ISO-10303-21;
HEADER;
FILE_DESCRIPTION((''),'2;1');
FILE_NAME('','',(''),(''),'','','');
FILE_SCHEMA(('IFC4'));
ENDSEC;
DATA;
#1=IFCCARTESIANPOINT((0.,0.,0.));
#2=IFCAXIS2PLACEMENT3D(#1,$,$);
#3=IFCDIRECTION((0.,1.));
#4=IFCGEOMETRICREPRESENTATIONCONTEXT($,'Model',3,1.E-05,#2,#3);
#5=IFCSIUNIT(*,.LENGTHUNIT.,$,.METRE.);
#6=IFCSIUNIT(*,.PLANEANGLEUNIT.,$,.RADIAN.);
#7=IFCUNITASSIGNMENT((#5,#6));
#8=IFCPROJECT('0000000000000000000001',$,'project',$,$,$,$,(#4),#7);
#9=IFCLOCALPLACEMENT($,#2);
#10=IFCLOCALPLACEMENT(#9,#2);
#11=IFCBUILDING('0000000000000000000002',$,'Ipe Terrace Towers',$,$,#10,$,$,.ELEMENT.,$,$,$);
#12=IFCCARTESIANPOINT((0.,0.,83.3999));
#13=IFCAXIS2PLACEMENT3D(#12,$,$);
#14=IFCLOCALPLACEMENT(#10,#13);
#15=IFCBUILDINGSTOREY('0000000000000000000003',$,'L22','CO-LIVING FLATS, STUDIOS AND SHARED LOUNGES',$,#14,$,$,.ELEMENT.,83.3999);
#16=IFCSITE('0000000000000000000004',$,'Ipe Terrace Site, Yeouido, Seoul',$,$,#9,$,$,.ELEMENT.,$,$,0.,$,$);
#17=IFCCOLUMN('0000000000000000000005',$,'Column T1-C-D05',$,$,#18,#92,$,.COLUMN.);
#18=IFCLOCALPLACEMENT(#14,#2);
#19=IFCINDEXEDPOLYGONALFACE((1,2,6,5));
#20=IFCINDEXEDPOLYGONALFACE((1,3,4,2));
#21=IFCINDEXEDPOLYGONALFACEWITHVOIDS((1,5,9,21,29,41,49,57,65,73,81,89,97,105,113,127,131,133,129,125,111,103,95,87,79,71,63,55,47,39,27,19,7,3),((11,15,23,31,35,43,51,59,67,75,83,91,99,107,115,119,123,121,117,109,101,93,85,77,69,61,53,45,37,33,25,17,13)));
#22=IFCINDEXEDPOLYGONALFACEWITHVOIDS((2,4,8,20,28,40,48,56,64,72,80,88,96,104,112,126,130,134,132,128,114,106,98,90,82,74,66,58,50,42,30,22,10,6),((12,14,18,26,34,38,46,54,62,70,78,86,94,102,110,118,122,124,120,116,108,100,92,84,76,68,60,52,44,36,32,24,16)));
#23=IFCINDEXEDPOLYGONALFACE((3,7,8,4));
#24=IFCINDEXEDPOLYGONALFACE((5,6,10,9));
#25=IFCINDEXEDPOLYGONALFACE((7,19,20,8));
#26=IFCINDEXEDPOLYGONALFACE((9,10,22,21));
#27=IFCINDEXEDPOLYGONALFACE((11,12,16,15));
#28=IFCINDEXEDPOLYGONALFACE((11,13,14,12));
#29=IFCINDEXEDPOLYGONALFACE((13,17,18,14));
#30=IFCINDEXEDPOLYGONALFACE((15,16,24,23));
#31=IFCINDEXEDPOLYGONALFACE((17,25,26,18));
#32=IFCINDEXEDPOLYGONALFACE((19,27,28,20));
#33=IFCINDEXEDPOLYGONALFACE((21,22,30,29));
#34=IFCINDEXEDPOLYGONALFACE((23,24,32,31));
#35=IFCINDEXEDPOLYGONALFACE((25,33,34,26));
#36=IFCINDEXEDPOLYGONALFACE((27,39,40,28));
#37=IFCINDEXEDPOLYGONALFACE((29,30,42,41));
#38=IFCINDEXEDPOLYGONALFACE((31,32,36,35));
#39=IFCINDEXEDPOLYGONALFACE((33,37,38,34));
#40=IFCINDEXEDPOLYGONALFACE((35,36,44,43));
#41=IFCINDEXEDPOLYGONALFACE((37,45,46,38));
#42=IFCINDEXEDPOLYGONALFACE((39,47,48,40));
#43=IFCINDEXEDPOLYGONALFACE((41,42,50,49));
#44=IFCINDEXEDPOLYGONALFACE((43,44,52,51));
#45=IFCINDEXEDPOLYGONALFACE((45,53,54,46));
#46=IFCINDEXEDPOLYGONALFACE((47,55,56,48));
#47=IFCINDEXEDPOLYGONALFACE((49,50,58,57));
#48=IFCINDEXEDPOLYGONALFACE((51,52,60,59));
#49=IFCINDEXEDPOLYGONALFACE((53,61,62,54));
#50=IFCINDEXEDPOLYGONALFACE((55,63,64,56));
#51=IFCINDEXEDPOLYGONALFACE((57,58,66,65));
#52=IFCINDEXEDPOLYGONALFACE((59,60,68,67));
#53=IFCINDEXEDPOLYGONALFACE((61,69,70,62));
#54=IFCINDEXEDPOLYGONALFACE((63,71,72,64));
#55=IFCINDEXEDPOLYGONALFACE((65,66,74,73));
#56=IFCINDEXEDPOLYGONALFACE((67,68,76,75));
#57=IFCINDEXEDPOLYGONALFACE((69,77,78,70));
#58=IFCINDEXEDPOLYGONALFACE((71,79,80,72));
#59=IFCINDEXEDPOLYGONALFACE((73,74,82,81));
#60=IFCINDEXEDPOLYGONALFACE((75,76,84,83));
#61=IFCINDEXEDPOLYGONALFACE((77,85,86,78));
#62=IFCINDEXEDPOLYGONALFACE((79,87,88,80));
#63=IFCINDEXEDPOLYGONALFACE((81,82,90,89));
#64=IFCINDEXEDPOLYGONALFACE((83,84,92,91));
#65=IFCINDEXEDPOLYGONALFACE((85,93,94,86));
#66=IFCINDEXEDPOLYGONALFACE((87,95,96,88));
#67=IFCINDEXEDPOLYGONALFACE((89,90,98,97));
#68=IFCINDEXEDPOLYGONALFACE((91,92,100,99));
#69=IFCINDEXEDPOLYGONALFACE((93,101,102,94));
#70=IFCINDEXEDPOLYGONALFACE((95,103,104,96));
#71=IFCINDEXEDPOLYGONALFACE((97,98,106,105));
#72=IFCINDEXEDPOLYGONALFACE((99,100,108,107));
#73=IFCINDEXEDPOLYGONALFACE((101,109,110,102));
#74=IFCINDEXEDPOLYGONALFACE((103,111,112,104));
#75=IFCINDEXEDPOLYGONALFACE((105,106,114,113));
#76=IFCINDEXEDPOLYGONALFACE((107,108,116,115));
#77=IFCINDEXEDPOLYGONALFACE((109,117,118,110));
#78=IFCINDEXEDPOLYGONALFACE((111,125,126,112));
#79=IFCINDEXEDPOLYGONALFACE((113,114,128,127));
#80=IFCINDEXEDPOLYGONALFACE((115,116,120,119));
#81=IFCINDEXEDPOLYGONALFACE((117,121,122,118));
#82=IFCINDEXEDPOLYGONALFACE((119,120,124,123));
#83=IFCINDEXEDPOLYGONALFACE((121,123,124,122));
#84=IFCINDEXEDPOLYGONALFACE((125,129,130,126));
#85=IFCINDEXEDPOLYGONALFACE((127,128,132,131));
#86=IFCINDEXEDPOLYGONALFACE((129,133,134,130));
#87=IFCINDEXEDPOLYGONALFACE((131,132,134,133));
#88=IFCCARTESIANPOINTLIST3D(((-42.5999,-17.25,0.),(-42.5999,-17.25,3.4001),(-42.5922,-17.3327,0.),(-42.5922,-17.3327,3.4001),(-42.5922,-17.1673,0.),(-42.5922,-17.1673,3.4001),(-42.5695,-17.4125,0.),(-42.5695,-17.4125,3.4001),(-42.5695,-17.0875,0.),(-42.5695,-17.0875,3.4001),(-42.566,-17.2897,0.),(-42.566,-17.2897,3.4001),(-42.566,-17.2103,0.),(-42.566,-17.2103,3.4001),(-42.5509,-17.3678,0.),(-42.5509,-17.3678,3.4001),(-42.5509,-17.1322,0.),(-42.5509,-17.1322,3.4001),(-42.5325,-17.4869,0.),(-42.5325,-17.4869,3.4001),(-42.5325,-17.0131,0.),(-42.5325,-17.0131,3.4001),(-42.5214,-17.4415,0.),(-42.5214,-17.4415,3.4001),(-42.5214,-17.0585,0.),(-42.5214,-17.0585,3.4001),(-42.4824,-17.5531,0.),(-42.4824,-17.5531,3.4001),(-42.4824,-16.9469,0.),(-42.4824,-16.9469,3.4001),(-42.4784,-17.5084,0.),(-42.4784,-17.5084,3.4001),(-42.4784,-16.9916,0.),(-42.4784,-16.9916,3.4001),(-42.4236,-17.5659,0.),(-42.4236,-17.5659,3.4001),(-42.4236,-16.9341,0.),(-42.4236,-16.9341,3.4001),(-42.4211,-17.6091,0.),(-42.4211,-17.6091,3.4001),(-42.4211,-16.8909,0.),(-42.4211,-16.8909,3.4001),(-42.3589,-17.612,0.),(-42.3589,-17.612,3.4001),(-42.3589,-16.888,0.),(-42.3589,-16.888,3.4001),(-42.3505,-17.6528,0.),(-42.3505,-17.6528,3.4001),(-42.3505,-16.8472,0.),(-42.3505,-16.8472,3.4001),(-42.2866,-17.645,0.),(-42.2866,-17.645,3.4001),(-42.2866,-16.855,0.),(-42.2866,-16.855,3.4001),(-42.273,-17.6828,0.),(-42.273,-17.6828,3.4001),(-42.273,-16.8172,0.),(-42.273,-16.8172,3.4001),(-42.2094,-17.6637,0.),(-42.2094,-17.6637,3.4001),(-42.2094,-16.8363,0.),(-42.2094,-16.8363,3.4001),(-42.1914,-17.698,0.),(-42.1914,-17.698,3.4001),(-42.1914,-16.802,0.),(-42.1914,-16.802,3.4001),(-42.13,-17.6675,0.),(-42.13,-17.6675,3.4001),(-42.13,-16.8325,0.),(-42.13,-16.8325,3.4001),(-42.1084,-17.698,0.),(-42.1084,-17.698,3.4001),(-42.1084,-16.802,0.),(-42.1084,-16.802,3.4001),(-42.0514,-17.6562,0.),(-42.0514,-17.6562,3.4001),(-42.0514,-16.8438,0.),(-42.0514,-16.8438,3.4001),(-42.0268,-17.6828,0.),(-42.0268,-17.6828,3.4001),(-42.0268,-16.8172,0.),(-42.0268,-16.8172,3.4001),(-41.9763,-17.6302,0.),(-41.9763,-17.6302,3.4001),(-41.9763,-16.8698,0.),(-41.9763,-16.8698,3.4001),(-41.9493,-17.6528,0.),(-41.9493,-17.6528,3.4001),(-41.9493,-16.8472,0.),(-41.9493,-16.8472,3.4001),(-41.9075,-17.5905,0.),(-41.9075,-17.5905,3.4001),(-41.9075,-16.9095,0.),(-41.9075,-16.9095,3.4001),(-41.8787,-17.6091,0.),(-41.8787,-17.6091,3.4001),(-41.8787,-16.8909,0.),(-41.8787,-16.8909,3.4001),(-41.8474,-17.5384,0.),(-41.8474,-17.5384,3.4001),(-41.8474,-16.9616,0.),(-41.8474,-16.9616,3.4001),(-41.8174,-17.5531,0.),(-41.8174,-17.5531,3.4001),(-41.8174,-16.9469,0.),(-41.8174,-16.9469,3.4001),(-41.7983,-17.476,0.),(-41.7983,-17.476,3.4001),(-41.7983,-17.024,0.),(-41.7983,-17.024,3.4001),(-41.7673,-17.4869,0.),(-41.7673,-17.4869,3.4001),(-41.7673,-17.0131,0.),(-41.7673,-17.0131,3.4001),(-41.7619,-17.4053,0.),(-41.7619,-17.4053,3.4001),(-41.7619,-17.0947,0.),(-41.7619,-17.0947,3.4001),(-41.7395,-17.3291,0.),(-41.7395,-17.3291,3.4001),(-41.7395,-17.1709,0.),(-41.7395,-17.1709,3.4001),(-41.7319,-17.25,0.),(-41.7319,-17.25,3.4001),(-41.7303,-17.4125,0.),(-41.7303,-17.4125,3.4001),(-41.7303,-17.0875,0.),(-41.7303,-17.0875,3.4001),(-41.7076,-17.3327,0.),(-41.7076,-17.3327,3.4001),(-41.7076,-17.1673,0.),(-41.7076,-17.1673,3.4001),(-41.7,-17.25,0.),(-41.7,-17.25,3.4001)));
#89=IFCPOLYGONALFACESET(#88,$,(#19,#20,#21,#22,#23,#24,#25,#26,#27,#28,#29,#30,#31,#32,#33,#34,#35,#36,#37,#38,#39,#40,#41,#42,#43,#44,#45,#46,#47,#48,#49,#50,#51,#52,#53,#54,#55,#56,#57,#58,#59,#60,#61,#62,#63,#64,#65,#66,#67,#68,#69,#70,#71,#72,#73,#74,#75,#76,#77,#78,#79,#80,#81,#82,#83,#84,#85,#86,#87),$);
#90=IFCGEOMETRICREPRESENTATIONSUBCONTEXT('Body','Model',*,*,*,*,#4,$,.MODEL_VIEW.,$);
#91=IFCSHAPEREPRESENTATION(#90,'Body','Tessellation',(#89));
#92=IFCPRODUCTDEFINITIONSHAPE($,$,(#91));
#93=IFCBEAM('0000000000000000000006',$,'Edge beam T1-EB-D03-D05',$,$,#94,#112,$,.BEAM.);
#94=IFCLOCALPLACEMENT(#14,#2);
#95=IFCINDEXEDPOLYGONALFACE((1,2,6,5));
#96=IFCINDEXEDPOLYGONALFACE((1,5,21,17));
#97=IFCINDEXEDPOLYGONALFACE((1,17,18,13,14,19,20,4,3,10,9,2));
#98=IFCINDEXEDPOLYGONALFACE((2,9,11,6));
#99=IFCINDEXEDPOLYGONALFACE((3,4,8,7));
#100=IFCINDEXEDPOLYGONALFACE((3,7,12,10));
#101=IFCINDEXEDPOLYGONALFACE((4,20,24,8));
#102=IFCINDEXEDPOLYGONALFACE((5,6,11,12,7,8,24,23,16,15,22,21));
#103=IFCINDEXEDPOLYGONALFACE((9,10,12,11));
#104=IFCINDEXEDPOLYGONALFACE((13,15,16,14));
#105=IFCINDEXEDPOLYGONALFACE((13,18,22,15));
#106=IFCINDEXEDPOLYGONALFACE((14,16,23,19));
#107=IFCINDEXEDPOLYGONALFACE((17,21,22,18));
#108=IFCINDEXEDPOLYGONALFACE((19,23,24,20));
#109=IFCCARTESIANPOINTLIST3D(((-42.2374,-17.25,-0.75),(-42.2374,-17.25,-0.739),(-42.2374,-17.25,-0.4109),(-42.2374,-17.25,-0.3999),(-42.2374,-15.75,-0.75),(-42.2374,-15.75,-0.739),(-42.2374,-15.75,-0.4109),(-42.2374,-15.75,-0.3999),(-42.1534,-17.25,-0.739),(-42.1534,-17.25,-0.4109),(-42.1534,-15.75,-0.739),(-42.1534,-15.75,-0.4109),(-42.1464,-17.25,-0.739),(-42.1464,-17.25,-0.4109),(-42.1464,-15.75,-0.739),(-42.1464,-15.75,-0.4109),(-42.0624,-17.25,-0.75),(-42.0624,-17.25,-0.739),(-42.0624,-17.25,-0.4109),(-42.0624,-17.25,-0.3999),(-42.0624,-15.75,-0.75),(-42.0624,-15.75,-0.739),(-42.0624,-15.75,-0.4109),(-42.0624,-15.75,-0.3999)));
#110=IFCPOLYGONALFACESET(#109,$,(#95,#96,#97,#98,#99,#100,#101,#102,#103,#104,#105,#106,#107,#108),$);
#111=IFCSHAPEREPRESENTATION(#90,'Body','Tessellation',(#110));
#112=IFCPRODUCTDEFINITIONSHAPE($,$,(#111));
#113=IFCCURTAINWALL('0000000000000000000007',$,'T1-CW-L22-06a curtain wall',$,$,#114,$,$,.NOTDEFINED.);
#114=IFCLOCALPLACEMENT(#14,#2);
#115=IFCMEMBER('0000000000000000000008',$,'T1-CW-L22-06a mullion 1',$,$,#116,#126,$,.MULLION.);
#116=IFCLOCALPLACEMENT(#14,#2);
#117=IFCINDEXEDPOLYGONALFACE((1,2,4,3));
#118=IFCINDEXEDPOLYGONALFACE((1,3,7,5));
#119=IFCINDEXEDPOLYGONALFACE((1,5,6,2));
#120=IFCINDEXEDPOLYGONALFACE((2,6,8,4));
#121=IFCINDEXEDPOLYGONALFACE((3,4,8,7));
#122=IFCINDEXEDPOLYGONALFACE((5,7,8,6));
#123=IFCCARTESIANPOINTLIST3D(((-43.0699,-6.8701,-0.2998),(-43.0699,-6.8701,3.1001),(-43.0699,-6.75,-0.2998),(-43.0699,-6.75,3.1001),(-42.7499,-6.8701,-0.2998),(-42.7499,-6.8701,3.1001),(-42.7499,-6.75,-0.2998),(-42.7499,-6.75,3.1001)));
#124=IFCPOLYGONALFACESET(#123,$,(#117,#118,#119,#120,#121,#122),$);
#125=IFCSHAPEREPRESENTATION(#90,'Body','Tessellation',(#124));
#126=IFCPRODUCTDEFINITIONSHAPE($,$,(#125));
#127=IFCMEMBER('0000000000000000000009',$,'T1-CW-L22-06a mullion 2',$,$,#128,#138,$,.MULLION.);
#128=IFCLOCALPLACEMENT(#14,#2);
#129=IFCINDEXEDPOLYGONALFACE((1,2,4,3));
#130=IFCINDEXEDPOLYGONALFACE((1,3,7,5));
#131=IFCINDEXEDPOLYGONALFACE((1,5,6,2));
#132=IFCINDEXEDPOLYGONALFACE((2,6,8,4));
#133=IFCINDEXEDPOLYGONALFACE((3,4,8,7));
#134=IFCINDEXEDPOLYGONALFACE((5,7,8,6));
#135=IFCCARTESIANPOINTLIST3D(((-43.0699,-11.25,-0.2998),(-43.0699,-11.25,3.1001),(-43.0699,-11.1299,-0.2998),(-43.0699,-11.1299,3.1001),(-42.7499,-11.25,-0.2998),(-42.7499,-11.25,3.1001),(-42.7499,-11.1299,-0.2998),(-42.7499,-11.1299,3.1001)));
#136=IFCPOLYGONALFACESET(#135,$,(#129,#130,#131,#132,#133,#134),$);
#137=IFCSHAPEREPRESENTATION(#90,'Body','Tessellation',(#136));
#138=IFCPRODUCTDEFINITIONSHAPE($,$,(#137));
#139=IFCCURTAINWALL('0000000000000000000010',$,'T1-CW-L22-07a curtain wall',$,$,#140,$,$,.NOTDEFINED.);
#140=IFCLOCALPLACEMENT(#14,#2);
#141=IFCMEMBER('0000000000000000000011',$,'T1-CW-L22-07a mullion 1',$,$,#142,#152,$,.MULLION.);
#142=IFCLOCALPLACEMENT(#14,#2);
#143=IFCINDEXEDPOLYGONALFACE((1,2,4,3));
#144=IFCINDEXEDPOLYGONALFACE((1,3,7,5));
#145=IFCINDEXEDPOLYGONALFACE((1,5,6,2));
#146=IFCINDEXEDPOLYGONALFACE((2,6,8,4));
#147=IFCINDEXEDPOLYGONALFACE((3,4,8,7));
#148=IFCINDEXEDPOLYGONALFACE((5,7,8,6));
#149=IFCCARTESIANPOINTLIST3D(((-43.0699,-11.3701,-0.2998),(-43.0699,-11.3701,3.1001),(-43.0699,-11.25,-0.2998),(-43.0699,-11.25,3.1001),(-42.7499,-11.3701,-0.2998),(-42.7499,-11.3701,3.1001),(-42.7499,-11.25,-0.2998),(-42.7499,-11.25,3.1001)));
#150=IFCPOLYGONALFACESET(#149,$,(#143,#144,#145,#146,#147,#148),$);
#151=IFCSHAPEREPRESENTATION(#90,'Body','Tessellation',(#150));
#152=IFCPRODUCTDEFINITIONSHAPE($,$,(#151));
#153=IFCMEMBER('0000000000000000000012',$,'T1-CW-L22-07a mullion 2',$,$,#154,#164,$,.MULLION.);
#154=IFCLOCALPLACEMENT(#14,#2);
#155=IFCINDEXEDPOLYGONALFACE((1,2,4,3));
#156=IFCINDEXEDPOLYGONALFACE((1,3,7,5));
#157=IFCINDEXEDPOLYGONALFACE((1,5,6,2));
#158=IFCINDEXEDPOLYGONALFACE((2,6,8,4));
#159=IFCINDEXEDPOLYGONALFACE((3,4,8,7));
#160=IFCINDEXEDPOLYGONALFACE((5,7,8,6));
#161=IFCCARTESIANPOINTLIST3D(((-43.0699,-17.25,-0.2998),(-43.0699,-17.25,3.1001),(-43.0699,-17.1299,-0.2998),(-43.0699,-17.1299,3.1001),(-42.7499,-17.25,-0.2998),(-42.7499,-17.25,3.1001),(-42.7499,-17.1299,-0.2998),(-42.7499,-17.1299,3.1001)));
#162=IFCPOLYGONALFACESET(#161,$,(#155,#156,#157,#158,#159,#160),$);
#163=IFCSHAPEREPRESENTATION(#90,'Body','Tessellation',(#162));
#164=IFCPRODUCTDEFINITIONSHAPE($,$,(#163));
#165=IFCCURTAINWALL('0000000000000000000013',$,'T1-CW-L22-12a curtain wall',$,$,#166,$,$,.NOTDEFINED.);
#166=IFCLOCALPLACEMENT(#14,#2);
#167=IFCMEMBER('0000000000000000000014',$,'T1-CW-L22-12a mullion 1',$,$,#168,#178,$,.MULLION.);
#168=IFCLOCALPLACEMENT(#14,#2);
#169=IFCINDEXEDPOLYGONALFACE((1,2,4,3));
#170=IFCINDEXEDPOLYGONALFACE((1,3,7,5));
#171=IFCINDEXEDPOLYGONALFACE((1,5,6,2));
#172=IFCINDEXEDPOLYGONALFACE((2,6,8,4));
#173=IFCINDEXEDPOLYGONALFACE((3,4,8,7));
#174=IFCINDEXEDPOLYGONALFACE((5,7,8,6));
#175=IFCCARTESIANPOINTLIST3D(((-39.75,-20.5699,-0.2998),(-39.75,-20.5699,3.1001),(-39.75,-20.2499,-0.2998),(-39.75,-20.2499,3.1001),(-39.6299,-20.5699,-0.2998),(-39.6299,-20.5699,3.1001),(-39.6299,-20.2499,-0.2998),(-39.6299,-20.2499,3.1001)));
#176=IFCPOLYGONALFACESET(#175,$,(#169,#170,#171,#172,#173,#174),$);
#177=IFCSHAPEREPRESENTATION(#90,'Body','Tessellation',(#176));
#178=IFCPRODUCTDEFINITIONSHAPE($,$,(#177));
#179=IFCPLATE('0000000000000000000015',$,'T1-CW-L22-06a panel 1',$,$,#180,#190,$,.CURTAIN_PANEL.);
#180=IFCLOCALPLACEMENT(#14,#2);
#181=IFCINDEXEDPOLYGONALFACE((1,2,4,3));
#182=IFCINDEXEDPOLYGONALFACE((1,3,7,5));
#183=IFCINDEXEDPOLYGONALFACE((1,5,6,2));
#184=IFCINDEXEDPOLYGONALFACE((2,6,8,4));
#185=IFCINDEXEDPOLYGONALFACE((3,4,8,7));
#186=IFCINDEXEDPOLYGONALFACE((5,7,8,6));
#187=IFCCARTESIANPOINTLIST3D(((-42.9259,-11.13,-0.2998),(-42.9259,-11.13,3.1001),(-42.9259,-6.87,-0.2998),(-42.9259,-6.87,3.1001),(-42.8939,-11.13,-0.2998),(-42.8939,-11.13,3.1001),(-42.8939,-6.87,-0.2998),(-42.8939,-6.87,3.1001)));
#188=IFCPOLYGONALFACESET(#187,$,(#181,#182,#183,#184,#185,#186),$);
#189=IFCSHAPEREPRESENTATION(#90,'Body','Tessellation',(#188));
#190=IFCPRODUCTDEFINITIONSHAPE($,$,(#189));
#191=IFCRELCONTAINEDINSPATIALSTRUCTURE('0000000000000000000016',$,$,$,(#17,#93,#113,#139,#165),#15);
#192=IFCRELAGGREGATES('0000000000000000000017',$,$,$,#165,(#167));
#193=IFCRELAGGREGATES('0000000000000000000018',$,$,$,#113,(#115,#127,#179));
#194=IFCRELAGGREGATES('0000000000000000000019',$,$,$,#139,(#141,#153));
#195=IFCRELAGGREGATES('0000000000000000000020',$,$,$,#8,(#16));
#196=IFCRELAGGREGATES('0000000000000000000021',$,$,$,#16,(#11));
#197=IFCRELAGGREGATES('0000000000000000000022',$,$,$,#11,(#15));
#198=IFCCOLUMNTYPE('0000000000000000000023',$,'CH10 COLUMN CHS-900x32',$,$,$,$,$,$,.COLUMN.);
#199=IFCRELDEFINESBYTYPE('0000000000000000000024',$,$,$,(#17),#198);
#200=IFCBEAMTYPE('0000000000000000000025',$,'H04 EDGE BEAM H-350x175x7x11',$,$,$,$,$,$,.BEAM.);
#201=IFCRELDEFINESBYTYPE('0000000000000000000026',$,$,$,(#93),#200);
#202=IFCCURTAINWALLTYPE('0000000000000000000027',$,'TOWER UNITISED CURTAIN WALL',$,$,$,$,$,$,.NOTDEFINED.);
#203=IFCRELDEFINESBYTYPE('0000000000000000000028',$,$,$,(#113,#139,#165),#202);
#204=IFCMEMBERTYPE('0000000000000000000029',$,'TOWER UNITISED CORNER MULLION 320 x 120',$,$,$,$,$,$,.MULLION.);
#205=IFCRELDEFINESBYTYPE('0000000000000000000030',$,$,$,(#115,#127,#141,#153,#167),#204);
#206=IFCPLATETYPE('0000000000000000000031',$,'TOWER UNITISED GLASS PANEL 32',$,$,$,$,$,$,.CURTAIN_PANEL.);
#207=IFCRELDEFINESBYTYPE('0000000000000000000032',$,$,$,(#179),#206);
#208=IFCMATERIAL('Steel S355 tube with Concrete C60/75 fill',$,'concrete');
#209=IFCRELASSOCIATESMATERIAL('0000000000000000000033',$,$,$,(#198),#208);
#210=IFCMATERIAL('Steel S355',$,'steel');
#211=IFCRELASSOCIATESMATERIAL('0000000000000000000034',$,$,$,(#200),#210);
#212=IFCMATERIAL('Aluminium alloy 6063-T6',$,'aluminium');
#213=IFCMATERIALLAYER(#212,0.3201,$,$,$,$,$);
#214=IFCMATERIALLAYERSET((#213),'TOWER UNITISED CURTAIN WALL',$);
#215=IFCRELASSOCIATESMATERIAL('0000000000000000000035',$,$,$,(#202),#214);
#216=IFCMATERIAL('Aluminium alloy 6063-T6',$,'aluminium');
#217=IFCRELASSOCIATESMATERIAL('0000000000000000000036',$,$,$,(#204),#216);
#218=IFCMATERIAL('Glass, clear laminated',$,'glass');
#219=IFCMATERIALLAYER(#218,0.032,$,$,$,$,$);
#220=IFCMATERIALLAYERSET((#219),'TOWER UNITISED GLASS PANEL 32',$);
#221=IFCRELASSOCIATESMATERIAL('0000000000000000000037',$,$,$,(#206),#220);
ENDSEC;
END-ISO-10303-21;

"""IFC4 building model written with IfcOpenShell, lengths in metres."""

from ifc_helpers import new_model, si_unit, direction, frame, origin, origin_2d, place, context, subcontext, project, spatial, rectangle, hollow_circle, i_section, extrude, material, layer, layer_set, material_profile, profile_set, type_object, element, aggregate, save


model = new_model("IFC4")

# Units and contexts
model_context = context("Model", 3, precision=1e-05, world=origin(), true_north=direction((0.0, 1.0)))
body_context = subcontext(model_context, "Body", "Model", "MODEL_VIEW")
ifc_project = project(units=[si_unit("LENGTHUNIT", "METRE"), si_unit("PLANEANGLEUNIT", "RADIAN")], contexts=[model_context])

# Site, building, storey
site_placement = place(None, origin())
site = spatial("IfcSite", under=ifc_project, at=site_placement, Name="Ipe Terrace Site, Yeouido, Seoul", CompositionType="ELEMENT", RefElevation=0.0)
building_placement = place(site_placement, origin())
building = spatial("IfcBuilding", under=site, at=building_placement, Name="Ipe Terrace Towers", CompositionType="ELEMENT")
storey_placement = place(building_placement, frame((0.0, 0.0, 83.3999)))
storey = spatial("IfcBuildingStorey", under=building, at=storey_placement, Name="L22", Description="CO-LIVING FLATS, STUDIOS AND SHARED LOUNGES", CompositionType="ELEMENT", Elevation=83.3999)

# Column
ifc_material_1 = material(Name="Steel S355 tube with Concrete C60/75 fill", Category="concrete")
ifc_material_profile_1 = material_profile(ifc_material_1, hollow_circle(Radius=0.45, WallThickness=0.032, at=origin_2d()), Name="CHS-900x32")
ifc_profile_set_1 = profile_set([ifc_material_profile_1], Name="Steel S355 tube with Concrete C60/75 fill")
column_type_1 = type_object("IfcColumnType", Name="CH10 COLUMN CHS-900x32", PredefinedType="COLUMN", material=ifc_profile_set_1)
for number, where, z_axis, x_axis, name in (
    (1, (-42.1499, -17.25, 0.0), (0.0, 0.0, 1.0), (1.0, 0.0, 0.0), "Column T1-C-D05"),
):
    element("IfcColumn", number, at=place(storey_placement, frame(where, z_axis=z_axis, x_axis=x_axis)), inside=storey, type_object=column_type_1, Name=name, PredefinedType="COLUMN", context=body_context, shape_type="SweptSolid", body=[
        extrude(hollow_circle(Radius=0.45, WallThickness=0.032, at=origin_2d()), origin(), (0.0, 0.0, 1.0), 3.4001),
    ])

# Beam
ifc_material_2 = material(Name="Steel S355", Category="steel")
ifc_material_profile_2 = material_profile(ifc_material_2, i_section(OverallWidth=0.175, OverallDepth=0.3501, WebThickness=0.0071, FlangeThickness=0.011, at=origin_2d()), Name="H-350x175x7x11")
ifc_profile_set_2 = profile_set([ifc_material_profile_2], Name="Steel S355")
beam_type = type_object("IfcBeamType", Name="H04 EDGE BEAM H-350x175x7x11", PredefinedType="BEAM", material=ifc_profile_set_2)
beam_placement = place(storey_placement, frame((-42.1499, -15.75, -0.575), z_axis=(0.0, -1.0, 0.0), x_axis=(1.0, 0.0, 0.0)))
element("IfcBeam", 2, at=beam_placement, inside=storey, type_object=beam_type, Name="Edge beam T1-EB-D03-D05", PredefinedType="BEAM", context=body_context, shape_type="SweptSolid", body=[
    extrude(i_section(OverallWidth=0.175, OverallDepth=0.3501, WebThickness=0.0071, FlangeThickness=0.011, at=origin_2d()), origin(), (0.0, 0.0, 1.0), 1.5),
])

# Curtain walls, members
ifc_material_3 = material(Name="Aluminium alloy 6063-T6", Category="aluminium")
ifc_layer_1 = layer(ifc_material_3, 0.3201)
ifc_layer_set_1 = layer_set([ifc_layer_1], Name="TOWER UNITISED CURTAIN WALL")
curtain_wall_type = type_object("IfcCurtainWallType", Name="TOWER UNITISED CURTAIN WALL", PredefinedType="NOTDEFINED", material=ifc_layer_set_1)
curtain_wall_1_placement = place(storey_placement, origin())
curtain_wall_1 = element("IfcCurtainWall", 3, at=curtain_wall_1_placement, inside=storey, type_object=curtain_wall_type, Name="T1-CW-L22-06a curtain wall", PredefinedType="NOTDEFINED")
ifc_material_4 = material(Name="Aluminium alloy 6063-T6", Category="aluminium")
ifc_material_profile_3 = material_profile(ifc_material_4, rectangle(XDim=0.3201, YDim=0.1201, at=origin_2d()), Name="TOWER UNITISED CORNER MULLION 320 x 120")
ifc_profile_set_3 = profile_set([ifc_material_profile_3], Name="Aluminium alloy 6063-T6")
member_type = type_object("IfcMemberType", Name="TOWER UNITISED CORNER MULLION 320 x 120", PredefinedType="MULLION", material=ifc_profile_set_3)
member_1_placement = place(storey_placement, frame((-42.9099, -6.8101, -0.2998), z_axis=(0.0, 0.0, 1.0), x_axis=(-1.0, 0.0, 0.0)))
member_1 = element("IfcMember", 4, at=member_1_placement, type_object=member_type, Name="T1-CW-L22-06a mullion 1", PredefinedType="MULLION", context=body_context, shape_type="SweptSolid", body=[
    extrude(rectangle(XDim=0.3201, YDim=0.1201, at=origin_2d()), origin(), (0.0, 0.0, 1.0), 3.3999),
])
member_2_placement = place(storey_placement, frame((-42.9099, -11.1899, -0.2998), z_axis=(0.0, 0.0, 1.0), x_axis=(-1.0, 0.0, 0.0)))
member_2 = element("IfcMember", 5, at=member_2_placement, type_object=member_type, Name="T1-CW-L22-06a mullion 2", PredefinedType="MULLION", context=body_context, shape_type="SweptSolid", body=[
    extrude(rectangle(XDim=0.3201, YDim=0.1201, at=origin_2d()), origin(), (0.0, 0.0, 1.0), 3.3999),
])
curtain_wall_2_placement = place(storey_placement, origin())
curtain_wall_2 = element("IfcCurtainWall", 6, at=curtain_wall_2_placement, inside=storey, type_object=curtain_wall_type, Name="T1-CW-L22-07a curtain wall", PredefinedType="NOTDEFINED")
member_3_placement = place(storey_placement, frame((-42.9099, -11.3101, -0.2998), z_axis=(0.0, 0.0, 1.0), x_axis=(-1.0, 0.0, 0.0)))
member_3 = element("IfcMember", 7, at=member_3_placement, type_object=member_type, Name="T1-CW-L22-07a mullion 1", PredefinedType="MULLION", context=body_context, shape_type="SweptSolid", body=[
    extrude(rectangle(XDim=0.3201, YDim=0.1201, at=origin_2d()), origin(), (0.0, 0.0, 1.0), 3.3999),
])
member_4_placement = place(storey_placement, frame((-42.9099, -17.1899, -0.2998), z_axis=(0.0, 0.0, 1.0), x_axis=(-1.0, 0.0, 0.0)))
member_4 = element("IfcMember", 8, at=member_4_placement, type_object=member_type, Name="T1-CW-L22-07a mullion 2", PredefinedType="MULLION", context=body_context, shape_type="SweptSolid", body=[
    extrude(rectangle(XDim=0.3201, YDim=0.1201, at=origin_2d()), origin(), (0.0, 0.0, 1.0), 3.3999),
])

# Curtain wall, member
curtain_wall_3_placement = place(storey_placement, origin())
curtain_wall_3 = element("IfcCurtainWall", 9, at=curtain_wall_3_placement, inside=storey, type_object=curtain_wall_type, Name="T1-CW-L22-12a curtain wall", PredefinedType="NOTDEFINED")
member_5_placement = place(storey_placement, frame((-39.6899, -20.4099, -0.2998), z_axis=(0.0, 0.0, 1.0), x_axis=(0.0, -1.0, 0.0)))
member_5 = element("IfcMember", 10, at=member_5_placement, type_object=member_type, Name="T1-CW-L22-12a mullion 1", PredefinedType="MULLION", context=body_context, shape_type="SweptSolid", body=[
    extrude(rectangle(XDim=0.3201, YDim=0.1201, at=origin_2d()), origin(), (0.0, 0.0, 1.0), 3.3999),
])
aggregate(curtain_wall_3, [member_5])

# Plate
ifc_material_5 = material(Name="Glass, clear laminated", Category="glass")
ifc_layer_2 = layer(ifc_material_5, 0.032)
ifc_layer_set_2 = layer_set([ifc_layer_2], Name="TOWER UNITISED GLASS PANEL 32")
plate_type = type_object("IfcPlateType", Name="TOWER UNITISED GLASS PANEL 32", PredefinedType="CURTAIN_PANEL", material=ifc_layer_set_2)
plate_1_placement = place(storey_placement, frame((-42.9099, -9.0, -0.2998), z_axis=(0.0, 0.0, 1.0), x_axis=(0.0, -1.0, 0.0)))
plate_1 = element("IfcPlate", 11, at=plate_1_placement, type_object=plate_type, Name="T1-CW-L22-06a panel 1", PredefinedType="CURTAIN_PANEL", context=body_context, shape_type="SweptSolid", body=[
    extrude(rectangle(XDim=4.26, YDim=0.032, at=origin_2d()), origin(), (0.0, 0.0, 1.0), 3.3999),
])
aggregate(curtain_wall_1, [member_1, member_2, plate_1])
aggregate(curtain_wall_2, [member_3, member_4])

save(model, "model.ifc")
